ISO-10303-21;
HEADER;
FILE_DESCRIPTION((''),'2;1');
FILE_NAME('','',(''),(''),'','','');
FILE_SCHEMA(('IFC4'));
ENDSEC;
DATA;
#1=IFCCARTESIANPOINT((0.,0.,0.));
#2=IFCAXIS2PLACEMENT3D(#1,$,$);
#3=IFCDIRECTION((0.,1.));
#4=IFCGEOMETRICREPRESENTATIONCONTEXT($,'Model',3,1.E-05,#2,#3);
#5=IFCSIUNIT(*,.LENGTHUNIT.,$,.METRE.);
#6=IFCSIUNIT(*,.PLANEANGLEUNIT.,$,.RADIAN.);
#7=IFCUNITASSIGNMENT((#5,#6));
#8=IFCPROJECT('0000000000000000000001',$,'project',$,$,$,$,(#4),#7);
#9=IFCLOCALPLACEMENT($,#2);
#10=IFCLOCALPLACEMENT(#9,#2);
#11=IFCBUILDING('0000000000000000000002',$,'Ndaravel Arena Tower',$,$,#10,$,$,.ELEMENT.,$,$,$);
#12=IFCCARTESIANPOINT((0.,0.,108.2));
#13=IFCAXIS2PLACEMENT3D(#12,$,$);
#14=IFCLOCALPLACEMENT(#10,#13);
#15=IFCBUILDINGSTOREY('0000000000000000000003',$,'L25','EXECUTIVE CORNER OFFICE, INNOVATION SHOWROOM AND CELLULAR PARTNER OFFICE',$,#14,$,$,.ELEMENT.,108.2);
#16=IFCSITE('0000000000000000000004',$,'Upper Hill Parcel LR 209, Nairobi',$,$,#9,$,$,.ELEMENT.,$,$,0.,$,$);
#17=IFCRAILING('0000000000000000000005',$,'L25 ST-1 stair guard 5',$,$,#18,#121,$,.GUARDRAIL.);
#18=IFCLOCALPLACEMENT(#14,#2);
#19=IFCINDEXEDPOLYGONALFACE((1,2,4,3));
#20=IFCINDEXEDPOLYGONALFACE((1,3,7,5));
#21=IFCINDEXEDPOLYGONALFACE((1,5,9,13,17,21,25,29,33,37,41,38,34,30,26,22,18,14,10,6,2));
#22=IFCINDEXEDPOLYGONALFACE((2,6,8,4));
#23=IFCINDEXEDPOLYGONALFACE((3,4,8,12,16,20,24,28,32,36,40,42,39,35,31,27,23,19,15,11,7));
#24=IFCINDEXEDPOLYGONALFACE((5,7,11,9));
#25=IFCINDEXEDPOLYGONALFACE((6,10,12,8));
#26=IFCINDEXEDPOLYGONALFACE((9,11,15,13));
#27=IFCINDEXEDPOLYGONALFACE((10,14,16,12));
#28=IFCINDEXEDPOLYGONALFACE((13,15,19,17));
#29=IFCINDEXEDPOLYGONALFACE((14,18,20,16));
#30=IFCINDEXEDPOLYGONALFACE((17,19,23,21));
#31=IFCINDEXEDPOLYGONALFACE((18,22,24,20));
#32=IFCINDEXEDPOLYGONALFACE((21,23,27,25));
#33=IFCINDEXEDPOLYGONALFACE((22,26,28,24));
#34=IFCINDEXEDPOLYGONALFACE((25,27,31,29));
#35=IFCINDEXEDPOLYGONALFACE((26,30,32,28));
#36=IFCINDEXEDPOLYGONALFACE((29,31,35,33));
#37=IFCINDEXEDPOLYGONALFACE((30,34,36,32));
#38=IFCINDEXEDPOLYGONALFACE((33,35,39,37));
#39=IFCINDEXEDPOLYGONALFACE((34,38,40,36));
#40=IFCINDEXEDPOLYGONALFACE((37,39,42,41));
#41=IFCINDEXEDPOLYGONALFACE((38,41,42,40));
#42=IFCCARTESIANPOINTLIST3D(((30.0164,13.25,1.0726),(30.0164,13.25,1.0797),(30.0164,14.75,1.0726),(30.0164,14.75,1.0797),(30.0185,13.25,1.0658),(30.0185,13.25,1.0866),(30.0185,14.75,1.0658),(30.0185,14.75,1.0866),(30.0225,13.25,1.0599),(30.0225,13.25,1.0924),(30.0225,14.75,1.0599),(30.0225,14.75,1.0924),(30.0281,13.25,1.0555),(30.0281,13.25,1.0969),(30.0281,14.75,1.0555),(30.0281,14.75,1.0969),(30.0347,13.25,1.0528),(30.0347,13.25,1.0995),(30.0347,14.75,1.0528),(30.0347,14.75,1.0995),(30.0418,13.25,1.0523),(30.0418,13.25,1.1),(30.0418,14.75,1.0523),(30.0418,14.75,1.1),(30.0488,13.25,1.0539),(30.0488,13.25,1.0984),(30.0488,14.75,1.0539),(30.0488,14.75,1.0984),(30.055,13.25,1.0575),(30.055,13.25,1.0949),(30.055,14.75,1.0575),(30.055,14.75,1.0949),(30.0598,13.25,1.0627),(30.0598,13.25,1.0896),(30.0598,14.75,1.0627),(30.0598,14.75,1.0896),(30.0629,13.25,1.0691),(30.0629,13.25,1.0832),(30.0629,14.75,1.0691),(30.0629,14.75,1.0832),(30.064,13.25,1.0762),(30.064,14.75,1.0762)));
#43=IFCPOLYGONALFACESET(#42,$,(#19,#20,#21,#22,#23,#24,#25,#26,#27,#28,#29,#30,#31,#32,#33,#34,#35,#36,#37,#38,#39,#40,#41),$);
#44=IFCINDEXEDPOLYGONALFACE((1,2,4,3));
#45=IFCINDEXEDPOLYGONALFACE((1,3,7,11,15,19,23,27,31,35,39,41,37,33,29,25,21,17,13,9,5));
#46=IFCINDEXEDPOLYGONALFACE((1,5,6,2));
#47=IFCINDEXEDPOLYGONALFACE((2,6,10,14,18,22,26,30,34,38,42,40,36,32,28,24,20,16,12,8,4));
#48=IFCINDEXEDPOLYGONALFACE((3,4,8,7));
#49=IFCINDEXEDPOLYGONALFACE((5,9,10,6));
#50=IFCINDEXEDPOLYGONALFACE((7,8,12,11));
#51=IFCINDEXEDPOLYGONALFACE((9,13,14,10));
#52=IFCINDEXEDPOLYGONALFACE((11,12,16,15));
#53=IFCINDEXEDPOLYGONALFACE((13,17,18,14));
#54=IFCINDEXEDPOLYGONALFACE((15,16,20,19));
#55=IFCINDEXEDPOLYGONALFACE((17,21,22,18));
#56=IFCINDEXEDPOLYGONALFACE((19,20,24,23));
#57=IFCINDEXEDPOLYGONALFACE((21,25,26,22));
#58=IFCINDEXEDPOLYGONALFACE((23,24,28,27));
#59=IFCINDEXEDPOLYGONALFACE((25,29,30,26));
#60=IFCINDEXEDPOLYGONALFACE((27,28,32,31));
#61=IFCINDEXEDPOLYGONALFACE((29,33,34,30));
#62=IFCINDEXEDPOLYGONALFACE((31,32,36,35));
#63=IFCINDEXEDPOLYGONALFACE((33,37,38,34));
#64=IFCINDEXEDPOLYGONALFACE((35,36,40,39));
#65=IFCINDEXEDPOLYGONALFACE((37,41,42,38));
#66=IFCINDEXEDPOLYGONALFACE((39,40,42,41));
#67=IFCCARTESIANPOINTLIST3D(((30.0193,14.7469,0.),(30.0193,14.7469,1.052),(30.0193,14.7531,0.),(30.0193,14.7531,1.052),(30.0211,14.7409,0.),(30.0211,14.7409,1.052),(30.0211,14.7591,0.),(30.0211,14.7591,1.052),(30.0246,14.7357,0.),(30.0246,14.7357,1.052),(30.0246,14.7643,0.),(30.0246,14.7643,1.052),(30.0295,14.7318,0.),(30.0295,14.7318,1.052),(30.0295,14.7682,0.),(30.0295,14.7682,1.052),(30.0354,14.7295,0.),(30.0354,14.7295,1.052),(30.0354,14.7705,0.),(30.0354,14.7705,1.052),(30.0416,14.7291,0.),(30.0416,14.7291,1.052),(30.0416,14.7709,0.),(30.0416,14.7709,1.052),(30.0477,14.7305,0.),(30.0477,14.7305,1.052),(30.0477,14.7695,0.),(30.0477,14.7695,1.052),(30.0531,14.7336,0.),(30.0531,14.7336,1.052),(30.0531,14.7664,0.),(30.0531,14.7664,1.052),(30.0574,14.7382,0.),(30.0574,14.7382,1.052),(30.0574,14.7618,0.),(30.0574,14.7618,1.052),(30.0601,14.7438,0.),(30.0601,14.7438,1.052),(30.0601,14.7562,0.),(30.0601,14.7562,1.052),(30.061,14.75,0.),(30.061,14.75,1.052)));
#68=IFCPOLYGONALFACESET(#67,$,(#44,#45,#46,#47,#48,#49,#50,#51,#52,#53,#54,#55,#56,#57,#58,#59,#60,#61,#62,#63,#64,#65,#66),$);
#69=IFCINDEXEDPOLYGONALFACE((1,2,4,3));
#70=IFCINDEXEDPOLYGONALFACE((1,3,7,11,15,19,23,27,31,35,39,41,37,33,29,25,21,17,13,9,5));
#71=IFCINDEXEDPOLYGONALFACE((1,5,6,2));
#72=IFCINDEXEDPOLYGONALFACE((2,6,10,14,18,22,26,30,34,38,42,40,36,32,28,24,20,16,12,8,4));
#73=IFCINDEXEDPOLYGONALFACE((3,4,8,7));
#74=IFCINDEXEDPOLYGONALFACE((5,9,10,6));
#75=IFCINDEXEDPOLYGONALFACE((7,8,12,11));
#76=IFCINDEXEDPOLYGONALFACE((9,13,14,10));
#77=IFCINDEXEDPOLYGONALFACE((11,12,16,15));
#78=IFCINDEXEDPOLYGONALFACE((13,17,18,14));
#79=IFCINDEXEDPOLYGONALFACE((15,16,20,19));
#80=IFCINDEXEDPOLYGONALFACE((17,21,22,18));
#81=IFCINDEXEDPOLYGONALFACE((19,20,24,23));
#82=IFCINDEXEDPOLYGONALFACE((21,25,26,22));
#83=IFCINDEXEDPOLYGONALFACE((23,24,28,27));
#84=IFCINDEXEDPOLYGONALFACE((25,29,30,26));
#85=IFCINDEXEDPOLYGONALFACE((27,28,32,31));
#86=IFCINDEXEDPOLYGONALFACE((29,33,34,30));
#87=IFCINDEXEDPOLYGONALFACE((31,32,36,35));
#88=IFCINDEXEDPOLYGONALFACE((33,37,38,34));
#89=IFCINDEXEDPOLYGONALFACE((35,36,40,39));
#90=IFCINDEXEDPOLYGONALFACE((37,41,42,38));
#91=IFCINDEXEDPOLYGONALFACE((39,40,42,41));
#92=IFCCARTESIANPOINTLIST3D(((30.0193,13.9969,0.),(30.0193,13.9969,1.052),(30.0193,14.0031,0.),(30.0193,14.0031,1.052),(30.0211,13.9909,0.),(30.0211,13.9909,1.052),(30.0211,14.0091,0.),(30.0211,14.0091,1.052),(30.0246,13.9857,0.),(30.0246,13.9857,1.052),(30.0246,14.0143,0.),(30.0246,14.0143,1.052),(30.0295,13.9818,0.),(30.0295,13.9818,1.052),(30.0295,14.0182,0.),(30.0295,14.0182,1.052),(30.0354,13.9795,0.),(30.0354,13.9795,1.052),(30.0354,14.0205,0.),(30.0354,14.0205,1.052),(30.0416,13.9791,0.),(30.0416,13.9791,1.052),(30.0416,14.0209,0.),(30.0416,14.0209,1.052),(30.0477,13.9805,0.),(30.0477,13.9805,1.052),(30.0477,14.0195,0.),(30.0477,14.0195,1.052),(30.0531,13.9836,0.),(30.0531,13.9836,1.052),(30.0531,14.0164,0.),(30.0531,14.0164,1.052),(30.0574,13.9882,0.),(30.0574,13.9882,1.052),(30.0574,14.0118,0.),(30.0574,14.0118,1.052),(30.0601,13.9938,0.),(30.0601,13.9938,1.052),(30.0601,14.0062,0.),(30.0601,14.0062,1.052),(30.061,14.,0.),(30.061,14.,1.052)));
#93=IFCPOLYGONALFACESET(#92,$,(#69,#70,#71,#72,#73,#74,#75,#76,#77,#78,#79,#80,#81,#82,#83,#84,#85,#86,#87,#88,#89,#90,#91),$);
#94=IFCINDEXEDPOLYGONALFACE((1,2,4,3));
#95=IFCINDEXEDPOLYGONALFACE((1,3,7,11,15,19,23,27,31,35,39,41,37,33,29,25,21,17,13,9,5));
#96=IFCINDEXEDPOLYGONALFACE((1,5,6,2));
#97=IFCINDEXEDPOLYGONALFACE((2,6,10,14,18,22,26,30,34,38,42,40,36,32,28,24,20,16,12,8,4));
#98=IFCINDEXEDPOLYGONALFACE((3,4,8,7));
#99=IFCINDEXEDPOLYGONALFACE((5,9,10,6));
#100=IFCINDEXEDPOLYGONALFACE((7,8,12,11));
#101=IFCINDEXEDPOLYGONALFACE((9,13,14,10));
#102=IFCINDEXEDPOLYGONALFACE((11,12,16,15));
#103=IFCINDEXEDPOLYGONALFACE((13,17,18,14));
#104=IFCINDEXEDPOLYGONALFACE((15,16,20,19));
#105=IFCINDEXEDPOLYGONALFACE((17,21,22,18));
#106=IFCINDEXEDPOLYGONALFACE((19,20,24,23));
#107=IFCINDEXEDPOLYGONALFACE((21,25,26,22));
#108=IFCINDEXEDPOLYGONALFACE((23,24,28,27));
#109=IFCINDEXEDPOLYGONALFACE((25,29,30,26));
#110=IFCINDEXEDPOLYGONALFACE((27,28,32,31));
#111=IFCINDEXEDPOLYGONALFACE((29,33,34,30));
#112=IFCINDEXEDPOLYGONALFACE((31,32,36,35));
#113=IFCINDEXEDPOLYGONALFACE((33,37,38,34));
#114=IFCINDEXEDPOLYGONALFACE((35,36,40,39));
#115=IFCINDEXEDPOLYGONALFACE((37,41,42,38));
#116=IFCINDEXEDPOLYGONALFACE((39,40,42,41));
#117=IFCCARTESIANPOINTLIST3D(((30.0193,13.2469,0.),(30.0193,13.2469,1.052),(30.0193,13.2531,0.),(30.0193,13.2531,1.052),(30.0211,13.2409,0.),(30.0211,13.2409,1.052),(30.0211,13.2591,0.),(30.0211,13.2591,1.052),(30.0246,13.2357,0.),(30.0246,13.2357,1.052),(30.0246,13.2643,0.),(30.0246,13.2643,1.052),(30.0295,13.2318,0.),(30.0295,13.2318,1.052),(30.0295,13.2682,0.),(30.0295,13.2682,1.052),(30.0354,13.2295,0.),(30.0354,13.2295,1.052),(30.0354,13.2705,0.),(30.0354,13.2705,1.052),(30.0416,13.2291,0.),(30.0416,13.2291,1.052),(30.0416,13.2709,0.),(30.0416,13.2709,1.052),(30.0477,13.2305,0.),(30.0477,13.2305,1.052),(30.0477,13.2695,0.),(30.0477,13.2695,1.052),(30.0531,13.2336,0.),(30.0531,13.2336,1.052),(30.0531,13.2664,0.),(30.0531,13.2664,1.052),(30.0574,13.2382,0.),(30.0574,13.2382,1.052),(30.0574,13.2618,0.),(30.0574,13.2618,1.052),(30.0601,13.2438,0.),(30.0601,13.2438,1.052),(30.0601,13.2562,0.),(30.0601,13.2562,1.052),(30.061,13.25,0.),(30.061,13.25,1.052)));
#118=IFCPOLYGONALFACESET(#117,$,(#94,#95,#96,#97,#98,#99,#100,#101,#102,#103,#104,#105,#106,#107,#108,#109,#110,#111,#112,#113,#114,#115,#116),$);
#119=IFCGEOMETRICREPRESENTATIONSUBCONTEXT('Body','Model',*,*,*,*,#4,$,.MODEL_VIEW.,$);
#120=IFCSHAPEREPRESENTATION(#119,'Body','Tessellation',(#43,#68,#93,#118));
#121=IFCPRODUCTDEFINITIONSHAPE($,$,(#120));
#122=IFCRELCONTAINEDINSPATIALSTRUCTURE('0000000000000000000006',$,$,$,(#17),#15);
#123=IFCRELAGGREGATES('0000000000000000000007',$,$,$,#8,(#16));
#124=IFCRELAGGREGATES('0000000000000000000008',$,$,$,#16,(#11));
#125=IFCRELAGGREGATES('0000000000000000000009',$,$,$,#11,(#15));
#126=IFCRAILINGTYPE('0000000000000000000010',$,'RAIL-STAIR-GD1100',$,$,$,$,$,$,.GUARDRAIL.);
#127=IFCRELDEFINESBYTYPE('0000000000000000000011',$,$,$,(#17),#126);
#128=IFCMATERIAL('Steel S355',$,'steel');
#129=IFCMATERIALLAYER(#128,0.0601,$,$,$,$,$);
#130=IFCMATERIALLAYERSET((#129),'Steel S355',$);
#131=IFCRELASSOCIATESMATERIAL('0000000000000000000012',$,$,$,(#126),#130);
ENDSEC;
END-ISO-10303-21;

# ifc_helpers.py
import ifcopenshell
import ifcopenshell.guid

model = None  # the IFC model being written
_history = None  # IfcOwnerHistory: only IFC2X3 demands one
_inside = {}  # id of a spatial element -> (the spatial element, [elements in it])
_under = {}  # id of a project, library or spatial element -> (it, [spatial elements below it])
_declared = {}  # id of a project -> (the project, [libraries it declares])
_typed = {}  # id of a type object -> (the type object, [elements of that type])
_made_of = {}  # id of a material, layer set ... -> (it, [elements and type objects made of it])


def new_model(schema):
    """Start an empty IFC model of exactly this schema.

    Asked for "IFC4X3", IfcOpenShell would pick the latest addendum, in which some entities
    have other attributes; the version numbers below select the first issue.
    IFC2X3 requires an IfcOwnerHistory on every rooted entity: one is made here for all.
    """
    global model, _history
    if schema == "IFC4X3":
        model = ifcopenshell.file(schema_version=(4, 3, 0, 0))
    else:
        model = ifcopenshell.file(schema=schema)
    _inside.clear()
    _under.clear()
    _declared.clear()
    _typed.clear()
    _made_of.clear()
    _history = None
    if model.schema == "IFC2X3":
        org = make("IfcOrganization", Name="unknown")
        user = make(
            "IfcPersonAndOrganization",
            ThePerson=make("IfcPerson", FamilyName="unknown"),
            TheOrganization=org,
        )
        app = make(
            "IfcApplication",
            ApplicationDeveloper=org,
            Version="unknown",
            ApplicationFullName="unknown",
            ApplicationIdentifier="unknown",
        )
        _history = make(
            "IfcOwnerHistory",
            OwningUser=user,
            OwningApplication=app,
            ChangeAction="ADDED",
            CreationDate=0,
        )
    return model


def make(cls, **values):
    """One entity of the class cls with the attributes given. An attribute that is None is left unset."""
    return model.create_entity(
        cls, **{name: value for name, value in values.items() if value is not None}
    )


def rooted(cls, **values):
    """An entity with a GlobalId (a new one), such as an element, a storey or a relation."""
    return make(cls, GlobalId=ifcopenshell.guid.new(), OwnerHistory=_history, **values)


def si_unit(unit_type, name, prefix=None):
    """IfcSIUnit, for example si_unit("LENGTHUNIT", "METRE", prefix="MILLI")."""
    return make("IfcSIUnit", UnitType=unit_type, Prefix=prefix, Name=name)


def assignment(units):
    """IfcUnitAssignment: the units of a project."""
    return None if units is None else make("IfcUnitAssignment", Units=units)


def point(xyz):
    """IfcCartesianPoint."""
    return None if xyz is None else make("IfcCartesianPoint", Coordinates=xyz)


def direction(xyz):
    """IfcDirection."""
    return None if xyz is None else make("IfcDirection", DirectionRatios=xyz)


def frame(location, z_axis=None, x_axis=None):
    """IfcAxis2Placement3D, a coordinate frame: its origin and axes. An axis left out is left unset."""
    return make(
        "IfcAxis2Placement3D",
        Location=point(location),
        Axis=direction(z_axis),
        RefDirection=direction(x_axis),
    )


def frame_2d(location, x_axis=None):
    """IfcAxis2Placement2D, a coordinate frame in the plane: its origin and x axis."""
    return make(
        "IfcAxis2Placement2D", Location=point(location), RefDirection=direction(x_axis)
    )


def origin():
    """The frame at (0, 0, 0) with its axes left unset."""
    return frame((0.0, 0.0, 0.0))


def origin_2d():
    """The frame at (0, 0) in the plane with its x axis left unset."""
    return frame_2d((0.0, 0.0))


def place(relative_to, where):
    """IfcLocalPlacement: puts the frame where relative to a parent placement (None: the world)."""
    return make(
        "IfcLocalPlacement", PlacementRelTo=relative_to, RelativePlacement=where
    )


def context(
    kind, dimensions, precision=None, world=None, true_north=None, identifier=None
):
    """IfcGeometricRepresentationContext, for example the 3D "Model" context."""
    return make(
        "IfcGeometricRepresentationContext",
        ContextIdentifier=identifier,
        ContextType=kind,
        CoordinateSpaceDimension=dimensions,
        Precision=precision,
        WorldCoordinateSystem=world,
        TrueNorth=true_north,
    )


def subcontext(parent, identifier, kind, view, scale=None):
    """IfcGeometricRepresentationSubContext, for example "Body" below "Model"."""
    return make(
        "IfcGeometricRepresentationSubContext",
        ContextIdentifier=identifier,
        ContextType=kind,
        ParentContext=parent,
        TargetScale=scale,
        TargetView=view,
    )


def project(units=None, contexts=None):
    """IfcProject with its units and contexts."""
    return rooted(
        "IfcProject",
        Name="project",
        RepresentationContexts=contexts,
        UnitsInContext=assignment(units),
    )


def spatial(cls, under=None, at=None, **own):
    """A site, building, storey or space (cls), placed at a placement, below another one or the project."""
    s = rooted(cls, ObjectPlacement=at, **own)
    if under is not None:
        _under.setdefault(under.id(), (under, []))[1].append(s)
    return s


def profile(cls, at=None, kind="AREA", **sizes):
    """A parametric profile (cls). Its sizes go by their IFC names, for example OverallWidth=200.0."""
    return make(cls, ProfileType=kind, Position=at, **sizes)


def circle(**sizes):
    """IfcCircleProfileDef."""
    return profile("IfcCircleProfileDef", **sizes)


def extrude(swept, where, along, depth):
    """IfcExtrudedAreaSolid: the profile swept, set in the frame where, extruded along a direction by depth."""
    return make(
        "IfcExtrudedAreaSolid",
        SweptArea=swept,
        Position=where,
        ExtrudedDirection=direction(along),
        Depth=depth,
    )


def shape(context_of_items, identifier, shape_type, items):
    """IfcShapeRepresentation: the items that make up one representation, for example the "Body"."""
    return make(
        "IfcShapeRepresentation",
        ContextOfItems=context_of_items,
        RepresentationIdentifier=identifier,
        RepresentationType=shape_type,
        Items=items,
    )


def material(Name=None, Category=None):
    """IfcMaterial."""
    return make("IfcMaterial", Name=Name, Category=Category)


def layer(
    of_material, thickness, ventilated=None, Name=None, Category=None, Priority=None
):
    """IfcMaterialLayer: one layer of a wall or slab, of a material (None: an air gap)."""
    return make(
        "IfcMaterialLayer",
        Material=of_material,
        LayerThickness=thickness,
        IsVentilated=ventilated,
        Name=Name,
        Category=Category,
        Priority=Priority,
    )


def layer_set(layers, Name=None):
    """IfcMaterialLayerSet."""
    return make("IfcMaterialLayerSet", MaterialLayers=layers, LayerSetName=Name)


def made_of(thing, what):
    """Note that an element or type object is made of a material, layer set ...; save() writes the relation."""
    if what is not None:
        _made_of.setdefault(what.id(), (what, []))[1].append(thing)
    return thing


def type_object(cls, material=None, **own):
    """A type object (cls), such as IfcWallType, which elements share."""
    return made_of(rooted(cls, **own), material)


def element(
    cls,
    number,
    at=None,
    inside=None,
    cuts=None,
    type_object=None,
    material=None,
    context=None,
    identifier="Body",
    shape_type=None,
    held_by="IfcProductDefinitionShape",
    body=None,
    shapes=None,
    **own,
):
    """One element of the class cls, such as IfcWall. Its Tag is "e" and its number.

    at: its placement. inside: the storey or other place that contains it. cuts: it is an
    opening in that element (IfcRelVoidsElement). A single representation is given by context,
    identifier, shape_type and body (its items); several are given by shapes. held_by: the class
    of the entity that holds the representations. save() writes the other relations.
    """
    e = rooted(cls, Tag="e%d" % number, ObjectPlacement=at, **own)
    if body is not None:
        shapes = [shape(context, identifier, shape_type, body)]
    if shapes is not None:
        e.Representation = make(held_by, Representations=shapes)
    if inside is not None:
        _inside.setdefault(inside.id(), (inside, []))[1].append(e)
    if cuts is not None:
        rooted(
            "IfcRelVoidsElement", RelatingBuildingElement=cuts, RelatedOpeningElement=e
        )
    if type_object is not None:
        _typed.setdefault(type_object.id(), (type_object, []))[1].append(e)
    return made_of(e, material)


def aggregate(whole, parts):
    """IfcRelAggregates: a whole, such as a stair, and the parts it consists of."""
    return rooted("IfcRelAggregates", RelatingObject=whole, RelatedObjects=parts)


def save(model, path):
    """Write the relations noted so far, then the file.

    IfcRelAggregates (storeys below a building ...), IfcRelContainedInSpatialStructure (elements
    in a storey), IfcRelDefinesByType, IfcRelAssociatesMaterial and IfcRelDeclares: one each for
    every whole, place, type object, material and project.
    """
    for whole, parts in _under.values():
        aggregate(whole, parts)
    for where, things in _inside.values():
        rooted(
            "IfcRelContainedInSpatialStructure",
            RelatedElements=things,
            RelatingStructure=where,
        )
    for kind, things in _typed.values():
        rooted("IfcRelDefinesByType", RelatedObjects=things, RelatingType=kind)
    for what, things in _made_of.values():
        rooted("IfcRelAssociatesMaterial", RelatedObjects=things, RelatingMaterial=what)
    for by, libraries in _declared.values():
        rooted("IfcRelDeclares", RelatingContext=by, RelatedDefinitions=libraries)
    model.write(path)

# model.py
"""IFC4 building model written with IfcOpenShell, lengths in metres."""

from ifc_helpers import new_model, si_unit, direction, frame, origin, origin_2d, place, context, subcontext, project, spatial, circle, extrude, material, layer, layer_set, type_object, element, save


model = new_model("IFC4")

# Units and contexts
model_context = context("Model", 3, precision=1e-05, world=origin(), true_north=direction((0.0, 1.0)))
body_context = subcontext(model_context, "Body", "Model", "MODEL_VIEW")
ifc_project = project(units=[si_unit("LENGTHUNIT", "METRE"), si_unit("PLANEANGLEUNIT", "RADIAN")], contexts=[model_context])

# Site, building, storey
site_placement = place(None, origin())
site = spatial("IfcSite", under=ifc_project, at=site_placement, Name="Upper Hill Parcel LR 209, Nairobi", CompositionType="ELEMENT", RefElevation=0.0)
building_placement = place(site_placement, origin())
building = spatial("IfcBuilding", under=site, at=building_placement, Name="Ndaravel Arena Tower", CompositionType="ELEMENT")
storey_placement = place(building_placement, frame((0.0, 0.0, 108.2)))
storey = spatial("IfcBuildingStorey", under=building, at=storey_placement, Name="L25", Description="EXECUTIVE CORNER OFFICE, INNOVATION SHOWROOM AND CELLULAR PARTNER OFFICE", CompositionType="ELEMENT", Elevation=108.2)

# Railing
ifc_material_1 = material(Name="Steel S355", Category="steel")
ifc_layer_1 = layer(ifc_material_1, 0.0601)
ifc_layer_set_1 = layer_set([ifc_layer_1], Name="Steel S355")
railing_type = type_object("IfcRailingType", Name="RAIL-STAIR-GD1100", PredefinedType="GUARDRAIL", material=ifc_layer_set_1)
railing_placement = place(storey_placement, frame((30.04, 14.75, 0.0)))
element("IfcRailing", 1, at=railing_placement, inside=storey, type_object=railing_type, Name="L25 ST-1 stair guard 5", PredefinedType="GUARDRAIL", context=body_context, shape_type="SweptSolid", body=[
    extrude(circle(Radius=0.0239, at=origin_2d()), frame((0.0, 0.0, 1.0762), z_axis=(0.0, -1.0, 0.0), x_axis=(1.0, 0.0, 0.0)), (0.0, 0.0, 1.0), 1.5),
    extrude(circle(Radius=0.021, at=origin_2d()), origin(), (0.0, 0.0, 1.0), 1.052),
    extrude(circle(Radius=0.021, at=origin_2d()), frame((0.0, -0.75, 0.0)), (0.0, 0.0, 1.0), 1.052),
    extrude(circle(Radius=0.021, at=origin_2d()), frame((0.0, -1.5, 0.0)), (0.0, 0.0, 1.0), 1.052),
])

save(model, "model.ifc")
